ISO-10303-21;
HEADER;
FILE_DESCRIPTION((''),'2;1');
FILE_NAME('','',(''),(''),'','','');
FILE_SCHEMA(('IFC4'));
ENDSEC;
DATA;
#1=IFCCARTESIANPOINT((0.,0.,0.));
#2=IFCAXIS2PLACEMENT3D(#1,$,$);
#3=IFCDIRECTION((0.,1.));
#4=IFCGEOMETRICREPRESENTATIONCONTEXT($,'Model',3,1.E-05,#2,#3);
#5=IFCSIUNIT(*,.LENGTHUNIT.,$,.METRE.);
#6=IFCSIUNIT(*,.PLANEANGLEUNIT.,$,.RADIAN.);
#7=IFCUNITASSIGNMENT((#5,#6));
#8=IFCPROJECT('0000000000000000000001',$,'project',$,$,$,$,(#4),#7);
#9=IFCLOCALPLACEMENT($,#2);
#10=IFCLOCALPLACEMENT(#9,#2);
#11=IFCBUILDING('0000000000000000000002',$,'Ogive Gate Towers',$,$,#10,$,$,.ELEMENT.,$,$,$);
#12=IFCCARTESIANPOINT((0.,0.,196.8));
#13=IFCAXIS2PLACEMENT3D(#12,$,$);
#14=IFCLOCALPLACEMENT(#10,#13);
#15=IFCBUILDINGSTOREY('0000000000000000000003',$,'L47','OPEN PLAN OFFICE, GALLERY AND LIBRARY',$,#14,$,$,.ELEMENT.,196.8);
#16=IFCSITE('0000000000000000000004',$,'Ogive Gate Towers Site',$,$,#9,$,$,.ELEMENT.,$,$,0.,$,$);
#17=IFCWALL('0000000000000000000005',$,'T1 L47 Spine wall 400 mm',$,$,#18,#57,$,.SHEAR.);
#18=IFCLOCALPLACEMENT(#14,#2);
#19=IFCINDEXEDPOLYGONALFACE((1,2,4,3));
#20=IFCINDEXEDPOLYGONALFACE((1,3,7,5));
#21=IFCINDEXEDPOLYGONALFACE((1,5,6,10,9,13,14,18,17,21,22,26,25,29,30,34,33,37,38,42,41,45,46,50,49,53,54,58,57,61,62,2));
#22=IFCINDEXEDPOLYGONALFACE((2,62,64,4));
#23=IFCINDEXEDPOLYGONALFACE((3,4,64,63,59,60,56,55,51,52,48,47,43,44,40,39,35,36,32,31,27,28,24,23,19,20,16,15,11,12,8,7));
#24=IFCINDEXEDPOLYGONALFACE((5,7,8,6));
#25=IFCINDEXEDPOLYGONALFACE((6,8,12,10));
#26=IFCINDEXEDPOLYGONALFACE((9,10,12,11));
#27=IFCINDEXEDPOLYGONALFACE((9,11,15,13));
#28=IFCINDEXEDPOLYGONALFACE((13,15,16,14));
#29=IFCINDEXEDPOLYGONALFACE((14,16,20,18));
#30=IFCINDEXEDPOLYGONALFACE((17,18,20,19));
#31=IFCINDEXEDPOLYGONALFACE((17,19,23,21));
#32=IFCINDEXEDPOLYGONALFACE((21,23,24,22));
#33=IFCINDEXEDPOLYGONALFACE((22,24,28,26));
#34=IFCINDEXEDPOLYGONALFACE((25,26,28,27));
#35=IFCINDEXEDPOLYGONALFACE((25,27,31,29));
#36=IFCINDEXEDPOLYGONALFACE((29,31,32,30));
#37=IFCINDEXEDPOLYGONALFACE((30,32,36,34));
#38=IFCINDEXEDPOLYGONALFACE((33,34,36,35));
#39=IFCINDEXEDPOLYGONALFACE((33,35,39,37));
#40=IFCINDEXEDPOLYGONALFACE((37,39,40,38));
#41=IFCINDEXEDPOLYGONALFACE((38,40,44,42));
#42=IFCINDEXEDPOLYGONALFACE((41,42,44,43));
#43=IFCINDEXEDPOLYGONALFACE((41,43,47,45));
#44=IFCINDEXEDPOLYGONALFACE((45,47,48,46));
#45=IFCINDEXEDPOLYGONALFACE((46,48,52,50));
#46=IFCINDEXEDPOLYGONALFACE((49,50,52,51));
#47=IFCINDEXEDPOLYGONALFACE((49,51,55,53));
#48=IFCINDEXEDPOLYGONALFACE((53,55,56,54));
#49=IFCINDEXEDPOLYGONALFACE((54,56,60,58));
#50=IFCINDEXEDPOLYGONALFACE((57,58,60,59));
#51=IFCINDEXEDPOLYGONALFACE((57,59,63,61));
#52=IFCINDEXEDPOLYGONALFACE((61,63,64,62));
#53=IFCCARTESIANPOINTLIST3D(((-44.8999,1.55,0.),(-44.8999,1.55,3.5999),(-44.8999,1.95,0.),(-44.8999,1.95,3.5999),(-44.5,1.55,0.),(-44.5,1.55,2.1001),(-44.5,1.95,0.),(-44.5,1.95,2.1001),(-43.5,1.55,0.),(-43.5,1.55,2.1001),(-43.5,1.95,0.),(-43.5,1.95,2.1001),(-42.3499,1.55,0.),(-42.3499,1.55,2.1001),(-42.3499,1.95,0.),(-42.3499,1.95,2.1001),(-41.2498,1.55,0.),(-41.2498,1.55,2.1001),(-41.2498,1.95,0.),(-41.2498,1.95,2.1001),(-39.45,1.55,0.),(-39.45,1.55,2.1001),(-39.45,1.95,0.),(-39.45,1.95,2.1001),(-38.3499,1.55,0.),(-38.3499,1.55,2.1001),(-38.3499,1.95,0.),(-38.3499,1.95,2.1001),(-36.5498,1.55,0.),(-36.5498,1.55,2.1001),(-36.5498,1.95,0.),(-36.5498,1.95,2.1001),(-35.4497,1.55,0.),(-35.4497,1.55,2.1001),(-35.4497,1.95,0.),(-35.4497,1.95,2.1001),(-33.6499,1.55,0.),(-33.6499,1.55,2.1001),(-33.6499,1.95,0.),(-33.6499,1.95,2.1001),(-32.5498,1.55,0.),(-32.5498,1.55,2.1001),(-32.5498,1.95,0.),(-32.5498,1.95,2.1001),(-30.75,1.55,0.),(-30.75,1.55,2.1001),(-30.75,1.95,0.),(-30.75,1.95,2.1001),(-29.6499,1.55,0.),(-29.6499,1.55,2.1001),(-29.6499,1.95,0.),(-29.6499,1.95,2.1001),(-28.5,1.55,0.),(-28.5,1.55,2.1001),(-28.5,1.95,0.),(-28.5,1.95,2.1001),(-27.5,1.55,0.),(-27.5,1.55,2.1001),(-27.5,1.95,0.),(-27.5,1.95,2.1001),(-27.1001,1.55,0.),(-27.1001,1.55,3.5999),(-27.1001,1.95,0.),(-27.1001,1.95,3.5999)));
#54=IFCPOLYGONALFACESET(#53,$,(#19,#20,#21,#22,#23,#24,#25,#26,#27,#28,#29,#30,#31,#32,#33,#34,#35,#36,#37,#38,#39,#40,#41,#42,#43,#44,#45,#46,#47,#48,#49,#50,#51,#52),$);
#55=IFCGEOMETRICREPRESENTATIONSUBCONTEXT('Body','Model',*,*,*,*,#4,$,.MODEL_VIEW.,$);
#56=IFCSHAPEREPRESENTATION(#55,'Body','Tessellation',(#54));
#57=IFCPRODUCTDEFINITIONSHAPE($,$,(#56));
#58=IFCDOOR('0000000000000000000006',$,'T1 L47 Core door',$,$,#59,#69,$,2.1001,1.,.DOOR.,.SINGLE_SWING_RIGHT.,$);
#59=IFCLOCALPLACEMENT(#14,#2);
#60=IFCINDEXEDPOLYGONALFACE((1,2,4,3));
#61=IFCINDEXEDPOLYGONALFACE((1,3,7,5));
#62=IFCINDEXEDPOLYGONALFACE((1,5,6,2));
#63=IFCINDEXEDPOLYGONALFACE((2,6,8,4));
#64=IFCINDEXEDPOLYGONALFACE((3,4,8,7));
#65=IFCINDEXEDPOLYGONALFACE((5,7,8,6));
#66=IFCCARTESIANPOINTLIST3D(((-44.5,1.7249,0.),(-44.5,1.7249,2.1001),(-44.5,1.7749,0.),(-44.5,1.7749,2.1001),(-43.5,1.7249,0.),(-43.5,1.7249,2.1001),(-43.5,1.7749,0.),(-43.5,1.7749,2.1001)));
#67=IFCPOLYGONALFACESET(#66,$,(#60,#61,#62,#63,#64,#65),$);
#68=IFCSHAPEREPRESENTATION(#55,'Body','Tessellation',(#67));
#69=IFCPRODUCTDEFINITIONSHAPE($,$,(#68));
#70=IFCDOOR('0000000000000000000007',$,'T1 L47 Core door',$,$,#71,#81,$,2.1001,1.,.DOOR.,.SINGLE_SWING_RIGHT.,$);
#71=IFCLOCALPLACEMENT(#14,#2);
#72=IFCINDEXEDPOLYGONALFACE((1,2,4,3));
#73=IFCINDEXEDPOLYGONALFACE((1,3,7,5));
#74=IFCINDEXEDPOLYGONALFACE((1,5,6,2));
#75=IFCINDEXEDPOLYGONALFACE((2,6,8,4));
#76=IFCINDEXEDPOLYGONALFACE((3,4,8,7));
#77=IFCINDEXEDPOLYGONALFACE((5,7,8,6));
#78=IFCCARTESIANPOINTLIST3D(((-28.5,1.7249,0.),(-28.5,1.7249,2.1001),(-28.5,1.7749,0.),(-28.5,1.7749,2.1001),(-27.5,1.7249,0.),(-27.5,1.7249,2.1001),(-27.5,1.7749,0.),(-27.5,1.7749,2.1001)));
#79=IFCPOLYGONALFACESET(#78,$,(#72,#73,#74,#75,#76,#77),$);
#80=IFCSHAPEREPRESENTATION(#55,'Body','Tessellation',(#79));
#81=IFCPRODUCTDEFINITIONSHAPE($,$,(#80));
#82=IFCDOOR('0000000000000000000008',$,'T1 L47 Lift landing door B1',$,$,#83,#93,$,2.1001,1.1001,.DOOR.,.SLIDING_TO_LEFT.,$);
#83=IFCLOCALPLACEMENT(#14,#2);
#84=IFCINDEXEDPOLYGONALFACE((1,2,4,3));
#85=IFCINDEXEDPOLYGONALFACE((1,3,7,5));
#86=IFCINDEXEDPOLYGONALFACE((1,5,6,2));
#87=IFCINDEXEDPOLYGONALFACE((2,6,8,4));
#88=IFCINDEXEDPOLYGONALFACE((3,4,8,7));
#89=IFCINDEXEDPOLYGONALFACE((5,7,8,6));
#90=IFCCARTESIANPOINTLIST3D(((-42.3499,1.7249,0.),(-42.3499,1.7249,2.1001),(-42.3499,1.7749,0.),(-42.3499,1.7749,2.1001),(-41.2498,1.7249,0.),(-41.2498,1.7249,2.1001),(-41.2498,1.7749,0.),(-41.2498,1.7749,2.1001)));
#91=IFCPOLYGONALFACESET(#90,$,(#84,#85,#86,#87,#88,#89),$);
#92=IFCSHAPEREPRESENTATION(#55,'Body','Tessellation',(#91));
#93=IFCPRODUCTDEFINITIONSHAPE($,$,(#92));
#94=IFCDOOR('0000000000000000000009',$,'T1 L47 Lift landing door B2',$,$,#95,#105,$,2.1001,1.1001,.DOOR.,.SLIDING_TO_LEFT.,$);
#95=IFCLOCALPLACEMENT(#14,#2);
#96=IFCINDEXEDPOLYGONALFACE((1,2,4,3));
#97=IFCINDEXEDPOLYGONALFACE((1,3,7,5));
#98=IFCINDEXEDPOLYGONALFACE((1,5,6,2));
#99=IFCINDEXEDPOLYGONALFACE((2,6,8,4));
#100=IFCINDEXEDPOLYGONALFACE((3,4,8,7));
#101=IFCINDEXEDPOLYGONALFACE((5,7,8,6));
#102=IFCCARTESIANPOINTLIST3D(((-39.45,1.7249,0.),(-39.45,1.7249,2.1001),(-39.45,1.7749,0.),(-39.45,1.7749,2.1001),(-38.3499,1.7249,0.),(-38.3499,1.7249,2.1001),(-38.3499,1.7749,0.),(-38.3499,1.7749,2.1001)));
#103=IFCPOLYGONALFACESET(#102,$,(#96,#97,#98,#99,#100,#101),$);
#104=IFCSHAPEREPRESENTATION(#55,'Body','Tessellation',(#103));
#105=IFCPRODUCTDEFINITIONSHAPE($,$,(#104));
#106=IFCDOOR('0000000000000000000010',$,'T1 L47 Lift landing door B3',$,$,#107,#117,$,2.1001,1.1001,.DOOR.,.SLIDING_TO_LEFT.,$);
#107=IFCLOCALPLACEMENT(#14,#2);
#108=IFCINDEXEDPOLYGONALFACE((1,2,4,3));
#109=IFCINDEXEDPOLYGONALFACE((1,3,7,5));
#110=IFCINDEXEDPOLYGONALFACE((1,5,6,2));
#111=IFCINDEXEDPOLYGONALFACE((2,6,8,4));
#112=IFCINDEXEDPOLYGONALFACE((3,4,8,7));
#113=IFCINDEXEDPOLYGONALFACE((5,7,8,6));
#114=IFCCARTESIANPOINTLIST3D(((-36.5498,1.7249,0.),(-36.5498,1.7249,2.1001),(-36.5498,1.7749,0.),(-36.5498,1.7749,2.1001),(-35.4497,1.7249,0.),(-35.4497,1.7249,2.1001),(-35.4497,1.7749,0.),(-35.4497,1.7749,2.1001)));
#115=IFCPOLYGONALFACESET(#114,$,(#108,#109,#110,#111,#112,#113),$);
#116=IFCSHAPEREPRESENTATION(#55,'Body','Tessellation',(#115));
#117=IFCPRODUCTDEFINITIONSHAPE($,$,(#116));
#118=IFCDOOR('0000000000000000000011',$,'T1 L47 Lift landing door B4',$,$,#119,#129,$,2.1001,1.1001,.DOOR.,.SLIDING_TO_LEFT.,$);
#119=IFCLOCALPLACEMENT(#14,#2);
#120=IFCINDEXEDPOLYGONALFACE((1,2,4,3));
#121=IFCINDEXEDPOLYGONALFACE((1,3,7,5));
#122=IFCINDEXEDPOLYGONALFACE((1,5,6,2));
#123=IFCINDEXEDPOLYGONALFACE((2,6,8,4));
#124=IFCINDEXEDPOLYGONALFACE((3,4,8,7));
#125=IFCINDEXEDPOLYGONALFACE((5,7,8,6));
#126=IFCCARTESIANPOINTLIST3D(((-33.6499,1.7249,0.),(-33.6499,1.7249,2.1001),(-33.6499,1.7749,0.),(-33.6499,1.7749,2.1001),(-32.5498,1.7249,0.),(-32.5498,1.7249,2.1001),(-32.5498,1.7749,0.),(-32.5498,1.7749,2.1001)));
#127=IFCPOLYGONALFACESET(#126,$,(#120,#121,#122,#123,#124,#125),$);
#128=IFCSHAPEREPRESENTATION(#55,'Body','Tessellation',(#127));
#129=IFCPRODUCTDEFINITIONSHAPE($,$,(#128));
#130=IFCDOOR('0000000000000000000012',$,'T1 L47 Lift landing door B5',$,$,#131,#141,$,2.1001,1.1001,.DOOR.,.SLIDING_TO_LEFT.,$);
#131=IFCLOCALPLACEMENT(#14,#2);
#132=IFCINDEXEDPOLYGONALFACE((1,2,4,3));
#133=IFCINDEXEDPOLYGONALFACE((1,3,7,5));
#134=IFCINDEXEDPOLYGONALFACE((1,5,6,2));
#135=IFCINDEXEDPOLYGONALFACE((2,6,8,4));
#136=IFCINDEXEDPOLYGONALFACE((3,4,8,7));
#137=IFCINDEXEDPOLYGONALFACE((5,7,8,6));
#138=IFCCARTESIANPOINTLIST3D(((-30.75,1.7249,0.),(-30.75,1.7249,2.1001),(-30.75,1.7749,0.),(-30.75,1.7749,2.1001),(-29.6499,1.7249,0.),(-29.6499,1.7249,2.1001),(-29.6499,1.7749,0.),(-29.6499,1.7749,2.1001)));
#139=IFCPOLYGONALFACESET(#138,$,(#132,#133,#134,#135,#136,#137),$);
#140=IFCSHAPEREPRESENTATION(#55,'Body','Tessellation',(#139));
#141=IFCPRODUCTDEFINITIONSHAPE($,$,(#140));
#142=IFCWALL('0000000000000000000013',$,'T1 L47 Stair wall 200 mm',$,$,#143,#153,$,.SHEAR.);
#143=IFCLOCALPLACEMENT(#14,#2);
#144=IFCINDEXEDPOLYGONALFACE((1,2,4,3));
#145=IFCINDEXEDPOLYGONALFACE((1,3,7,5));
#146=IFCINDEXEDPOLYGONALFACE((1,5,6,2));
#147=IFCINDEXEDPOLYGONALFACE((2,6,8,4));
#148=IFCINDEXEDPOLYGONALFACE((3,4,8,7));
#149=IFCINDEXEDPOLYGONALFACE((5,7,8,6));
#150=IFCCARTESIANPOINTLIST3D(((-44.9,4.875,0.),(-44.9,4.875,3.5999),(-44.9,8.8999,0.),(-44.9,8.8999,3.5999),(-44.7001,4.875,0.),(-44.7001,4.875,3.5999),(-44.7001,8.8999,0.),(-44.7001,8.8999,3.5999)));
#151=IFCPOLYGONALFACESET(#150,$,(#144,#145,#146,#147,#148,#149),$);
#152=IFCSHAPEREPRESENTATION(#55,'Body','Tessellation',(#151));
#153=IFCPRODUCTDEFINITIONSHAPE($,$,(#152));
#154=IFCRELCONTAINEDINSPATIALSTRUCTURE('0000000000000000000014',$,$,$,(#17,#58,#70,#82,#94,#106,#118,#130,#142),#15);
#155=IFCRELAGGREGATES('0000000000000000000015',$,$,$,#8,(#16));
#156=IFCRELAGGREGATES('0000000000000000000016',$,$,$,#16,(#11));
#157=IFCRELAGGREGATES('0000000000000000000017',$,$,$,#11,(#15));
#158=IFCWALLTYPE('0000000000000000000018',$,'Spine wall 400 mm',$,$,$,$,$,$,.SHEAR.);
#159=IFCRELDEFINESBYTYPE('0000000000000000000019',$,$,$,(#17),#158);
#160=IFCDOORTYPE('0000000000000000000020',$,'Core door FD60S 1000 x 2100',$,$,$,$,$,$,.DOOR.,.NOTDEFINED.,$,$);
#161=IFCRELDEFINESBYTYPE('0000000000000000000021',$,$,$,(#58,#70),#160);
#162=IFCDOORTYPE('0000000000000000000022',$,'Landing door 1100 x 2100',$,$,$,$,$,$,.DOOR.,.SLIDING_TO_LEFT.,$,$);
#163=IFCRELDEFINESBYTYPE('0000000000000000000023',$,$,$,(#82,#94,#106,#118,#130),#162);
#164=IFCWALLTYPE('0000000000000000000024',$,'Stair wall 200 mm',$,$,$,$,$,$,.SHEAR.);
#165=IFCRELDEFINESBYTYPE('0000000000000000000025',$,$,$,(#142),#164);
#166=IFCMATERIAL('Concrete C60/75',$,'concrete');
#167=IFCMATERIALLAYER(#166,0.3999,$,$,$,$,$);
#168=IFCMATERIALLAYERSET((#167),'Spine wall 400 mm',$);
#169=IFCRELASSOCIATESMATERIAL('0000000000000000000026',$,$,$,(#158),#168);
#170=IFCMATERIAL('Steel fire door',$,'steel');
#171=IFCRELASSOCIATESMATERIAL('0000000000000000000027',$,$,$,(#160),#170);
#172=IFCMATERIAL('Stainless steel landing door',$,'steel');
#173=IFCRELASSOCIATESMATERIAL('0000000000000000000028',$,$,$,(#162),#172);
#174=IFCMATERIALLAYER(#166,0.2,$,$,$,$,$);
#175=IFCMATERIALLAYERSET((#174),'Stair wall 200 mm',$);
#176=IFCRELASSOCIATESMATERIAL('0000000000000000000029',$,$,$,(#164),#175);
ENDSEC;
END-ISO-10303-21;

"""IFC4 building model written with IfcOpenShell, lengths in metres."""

from ifc_helpers import new_model, si_unit, direction, frame, frame_2d, origin, place, context, subcontext, project, spatial, rectangle, extrude, material, layer, layer_set, type_object, element, fill, save


model = new_model("IFC4")

# Units and contexts
model_context = context("Model", 3, precision=1e-05, world=origin(), true_north=direction((0.0, 1.0)))
body_context = subcontext(model_context, "Body", "Model", "MODEL_VIEW")
ifc_project = project(units=[si_unit("LENGTHUNIT", "METRE"), si_unit("PLANEANGLEUNIT", "RADIAN")], contexts=[model_context])

# Site, building, storey
site_placement = place(None, origin())
site = spatial("IfcSite", under=ifc_project, at=site_placement, Name="Ogive Gate Towers Site", CompositionType="ELEMENT", RefElevation=0.0)
building_placement = place(site_placement, origin())
building = spatial("IfcBuilding", under=site, at=building_placement, Name="Ogive Gate Towers", CompositionType="ELEMENT")
storey_placement = place(building_placement, frame((0.0, 0.0, 196.8)))
storey = spatial("IfcBuildingStorey", under=building, at=storey_placement, Name="L47", Description="OPEN PLAN OFFICE, GALLERY AND LIBRARY", CompositionType="ELEMENT", Elevation=196.8)

# Shared definitions
ifc_material_1 = material(Name="Concrete C60/75", Category="concrete")
ifc_material_2 = material(Name="Steel fire door", Category="steel")

# Wall, openings, doors
ifc_layer_1 = layer(ifc_material_1, 0.3999)
ifc_layer_set_1 = layer_set([ifc_layer_1], Name="Spine wall 400 mm")
wall_type_1 = type_object("IfcWallType", Name="Spine wall 400 mm", PredefinedType="SHEAR", material=ifc_layer_set_1)
wall_1_placement = place(storey_placement, frame((-44.8999, 1.75, 0.0), z_axis=(0.0, 0.0, 1.0), x_axis=(1.0, 0.0, 0.0)))
wall_1 = element("IfcWall", 1, at=wall_1_placement, inside=storey, type_object=wall_type_1, Name="T1 L47 Spine wall 400 mm", PredefinedType="SHEAR", context=body_context, shape_type="SweptSolid", body=[
    extrude(rectangle(XDim=17.7998, YDim=0.3999, at=frame_2d((8.8999, 0.0))), origin(), (0.0, 0.0, 1.0), 3.5999),
])
opening_1_placement = place(wall_1_placement, frame((0.3999, 0.0, 0.0)))
opening_1 = element("IfcOpeningElement", 2, at=opening_1_placement, cuts=wall_1, PredefinedType="OPENING", context=body_context, shape_type="SweptSolid", body=[
    extrude(rectangle(XDim=1.0, YDim=2.1001, at=frame_2d((0.5, 1.05))), frame((0.0, 0.21, 0.0), z_axis=(0.0, -1.0, 0.0), x_axis=(1.0, 0.0, 0.0)), (0.0, 0.0, 1.0), 0.4199),
])
opening_2_placement = place(wall_1_placement, frame((2.55, 0.0, 0.0)))
opening_2 = element("IfcOpeningElement", 3, at=opening_2_placement, cuts=wall_1, PredefinedType="OPENING", context=body_context, shape_type="SweptSolid", body=[
    extrude(rectangle(XDim=1.1001, YDim=2.1001, at=frame_2d((0.55, 1.05))), frame((0.0, 0.21, 0.0), z_axis=(0.0, -1.0, 0.0), x_axis=(1.0, 0.0, 0.0)), (0.0, 0.0, 1.0), 0.4199),
])
opening_3_placement = place(wall_1_placement, frame((5.45, 0.0, 0.0)))
opening_3 = element("IfcOpeningElement", 4, at=opening_3_placement, cuts=wall_1, PredefinedType="OPENING", context=body_context, shape_type="SweptSolid", body=[
    extrude(rectangle(XDim=1.1001, YDim=2.1001, at=frame_2d((0.55, 1.05))), frame((0.0, 0.21, 0.0), z_axis=(0.0, -1.0, 0.0), x_axis=(1.0, 0.0, 0.0)), (0.0, 0.0, 1.0), 0.4199),
])
opening_4_placement = place(wall_1_placement, frame((8.3501, 0.0, 0.0)))
opening_4 = element("IfcOpeningElement", 5, at=opening_4_placement, cuts=wall_1, PredefinedType="OPENING", context=body_context, shape_type="SweptSolid", body=[
    extrude(rectangle(XDim=1.1001, YDim=2.1001, at=frame_2d((0.55, 1.05))), frame((0.0, 0.21, 0.0), z_axis=(0.0, -1.0, 0.0), x_axis=(1.0, 0.0, 0.0)), (0.0, 0.0, 1.0), 0.4199),
])
opening_5_placement = place(wall_1_placement, frame((11.25, 0.0, 0.0)))
opening_5 = element("IfcOpeningElement", 6, at=opening_5_placement, cuts=wall_1, PredefinedType="OPENING", context=body_context, shape_type="SweptSolid", body=[
    extrude(rectangle(XDim=1.1001, YDim=2.1001, at=frame_2d((0.55, 1.05))), frame((0.0, 0.21, 0.0), z_axis=(0.0, -1.0, 0.0), x_axis=(1.0, 0.0, 0.0)), (0.0, 0.0, 1.0), 0.4199),
])
opening_6_placement = place(wall_1_placement, frame((14.1499, 0.0, 0.0)))
opening_6 = element("IfcOpeningElement", 7, at=opening_6_placement, cuts=wall_1, PredefinedType="OPENING", context=body_context, shape_type="SweptSolid", body=[
    extrude(rectangle(XDim=1.1001, YDim=2.1001, at=frame_2d((0.55, 1.05))), frame((0.0, 0.21, 0.0), z_axis=(0.0, -1.0, 0.0), x_axis=(1.0, 0.0, 0.0)), (0.0, 0.0, 1.0), 0.4199),
])
opening_7_placement = place(wall_1_placement, frame((16.3999, 0.0, 0.0)))
opening_7 = element("IfcOpeningElement", 8, at=opening_7_placement, cuts=wall_1, PredefinedType="OPENING", context=body_context, shape_type="SweptSolid", body=[
    extrude(rectangle(XDim=1.0, YDim=2.1001, at=frame_2d((0.5, 1.05))), frame((0.0, 0.21, 0.0), z_axis=(0.0, -1.0, 0.0), x_axis=(1.0, 0.0, 0.0)), (0.0, 0.0, 1.0), 0.4199),
])
door_type_1 = type_object("IfcDoorType", Name="Core door FD60S 1000 x 2100", OperationType="NOTDEFINED", PredefinedType="DOOR", material=ifc_material_2)
door_1_placement = place(opening_1_placement, origin())
door_1 = element("IfcDoor", 9, at=door_1_placement, inside=storey, type_object=door_type_1, Name="T1 L47 Core door", OperationType="SINGLE_SWING_RIGHT", OverallHeight=2.1001, OverallWidth=1.0, PredefinedType="DOOR", context=body_context, shape_type="SweptSolid", body=[
    extrude(rectangle(XDim=1.0, YDim=2.1001, at=frame_2d((0.5, 1.05))), frame((0.0, 0.0249, 0.0), z_axis=(0.0, -1.0, 0.0), x_axis=(1.0, 0.0, 0.0)), (0.0, 0.0, 1.0), 0.05),
])
fill(opening_1, door_1)
door_2_placement = place(opening_7_placement, origin())
door_2 = element("IfcDoor", 10, at=door_2_placement, inside=storey, type_object=door_type_1, Name="T1 L47 Core door", OperationType="SINGLE_SWING_RIGHT", OverallHeight=2.1001, OverallWidth=1.0, PredefinedType="DOOR", context=body_context, shape_type="SweptSolid", body=[
    extrude(rectangle(XDim=1.0, YDim=2.1001, at=frame_2d((0.5, 1.05))), frame((0.0, 0.0249, 0.0), z_axis=(0.0, -1.0, 0.0), x_axis=(1.0, 0.0, 0.0)), (0.0, 0.0, 1.0), 0.05),
])
fill(opening_7, door_2)
ifc_material_3 = material(Name="Stainless steel landing door", Category="steel")
door_type_2 = type_object("IfcDoorType", Name="Landing door 1100 x 2100", OperationType="SLIDING_TO_LEFT", PredefinedType="DOOR", material=ifc_material_3)
door_3_placement = place(opening_2_placement, origin())
door_3 = element("IfcDoor", 11, at=door_3_placement, inside=storey, type_object=door_type_2, Name="T1 L47 Lift landing door B1", OperationType="SLIDING_TO_LEFT", OverallHeight=2.1001, OverallWidth=1.1001, PredefinedType="DOOR", context=body_context, shape_type="SweptSolid", body=[
    extrude(rectangle(XDim=1.1001, YDim=2.1001, at=frame_2d((0.55, 1.05))), frame((0.0, 0.0249, 0.0), z_axis=(0.0, -1.0, 0.0), x_axis=(1.0, 0.0, 0.0)), (0.0, 0.0, 1.0), 0.05),
])
fill(opening_2, door_3)
door_4_placement = place(opening_3_placement, origin())
door_4 = element("IfcDoor", 12, at=door_4_placement, inside=storey, type_object=door_type_2, Name="T1 L47 Lift landing door B2", OperationType="SLIDING_TO_LEFT", OverallHeight=2.1001, OverallWidth=1.1001, PredefinedType="DOOR", context=body_context, shape_type="SweptSolid", body=[
    extrude(rectangle(XDim=1.1001, YDim=2.1001, at=frame_2d((0.55, 1.05))), frame((0.0, 0.0249, 0.0), z_axis=(0.0, -1.0, 0.0), x_axis=(1.0, 0.0, 0.0)), (0.0, 0.0, 1.0), 0.05),
])
fill(opening_3, door_4)
door_5_placement = place(opening_4_placement, origin())
door_5 = element("IfcDoor", 13, at=door_5_placement, inside=storey, type_object=door_type_2, Name="T1 L47 Lift landing door B3", OperationType="SLIDING_TO_LEFT", OverallHeight=2.1001, OverallWidth=1.1001, PredefinedType="DOOR", context=body_context, shape_type="SweptSolid", body=[
    extrude(rectangle(XDim=1.1001, YDim=2.1001, at=frame_2d((0.55, 1.05))), frame((0.0, 0.0249, 0.0), z_axis=(0.0, -1.0, 0.0), x_axis=(1.0, 0.0, 0.0)), (0.0, 0.0, 1.0), 0.05),
])
fill(opening_4, door_5)
door_6_placement = place(opening_5_placement, origin())
door_6 = element("IfcDoor", 14, at=door_6_placement, inside=storey, type_object=door_type_2, Name="T1 L47 Lift landing door B4", OperationType="SLIDING_TO_LEFT", OverallHeight=2.1001, OverallWidth=1.1001, PredefinedType="DOOR", context=body_context, shape_type="SweptSolid", body=[
    extrude(rectangle(XDim=1.1001, YDim=2.1001, at=frame_2d((0.55, 1.05))), frame((0.0, 0.0249, 0.0), z_axis=(0.0, -1.0, 0.0), x_axis=(1.0, 0.0, 0.0)), (0.0, 0.0, 1.0), 0.05),
])
fill(opening_5, door_6)
door_7_placement = place(opening_6_placement, origin())
door_7 = element("IfcDoor", 15, at=door_7_placement, inside=storey, type_object=door_type_2, Name="T1 L47 Lift landing door B5", OperationType="SLIDING_TO_LEFT", OverallHeight=2.1001, OverallWidth=1.1001, PredefinedType="DOOR", context=body_context, shape_type="SweptSolid", body=[
    extrude(rectangle(XDim=1.1001, YDim=2.1001, at=frame_2d((0.55, 1.05))), frame((0.0, 0.0249, 0.0), z_axis=(0.0, -1.0, 0.0), x_axis=(1.0, 0.0, 0.0)), (0.0, 0.0, 1.0), 0.05),
])
fill(opening_6, door_7)

# Wall
ifc_layer_2 = layer(ifc_material_1, 0.2)
ifc_layer_set_2 = layer_set([ifc_layer_2], Name="Stair wall 200 mm")
wall_type_2 = type_object("IfcWallType", Name="Stair wall 200 mm", PredefinedType="SHEAR", material=ifc_layer_set_2)
wall_2_placement = place(storey_placement, frame((-44.8, 4.875, 0.0), z_axis=(0.0, 0.0, 1.0), x_axis=(0.0, 1.0, 0.0)))
element("IfcWall", 16, at=wall_2_placement, inside=storey, type_object=wall_type_2, Name="T1 L47 Stair wall 200 mm", PredefinedType="SHEAR", context=body_context, shape_type="SweptSolid", body=[
    extrude(rectangle(XDim=4.0249, YDim=0.2, at=frame_2d((2.0125, 0.0))), origin(), (0.0, 0.0, 1.0), 3.5999),
])

save(model, "model.ifc")
